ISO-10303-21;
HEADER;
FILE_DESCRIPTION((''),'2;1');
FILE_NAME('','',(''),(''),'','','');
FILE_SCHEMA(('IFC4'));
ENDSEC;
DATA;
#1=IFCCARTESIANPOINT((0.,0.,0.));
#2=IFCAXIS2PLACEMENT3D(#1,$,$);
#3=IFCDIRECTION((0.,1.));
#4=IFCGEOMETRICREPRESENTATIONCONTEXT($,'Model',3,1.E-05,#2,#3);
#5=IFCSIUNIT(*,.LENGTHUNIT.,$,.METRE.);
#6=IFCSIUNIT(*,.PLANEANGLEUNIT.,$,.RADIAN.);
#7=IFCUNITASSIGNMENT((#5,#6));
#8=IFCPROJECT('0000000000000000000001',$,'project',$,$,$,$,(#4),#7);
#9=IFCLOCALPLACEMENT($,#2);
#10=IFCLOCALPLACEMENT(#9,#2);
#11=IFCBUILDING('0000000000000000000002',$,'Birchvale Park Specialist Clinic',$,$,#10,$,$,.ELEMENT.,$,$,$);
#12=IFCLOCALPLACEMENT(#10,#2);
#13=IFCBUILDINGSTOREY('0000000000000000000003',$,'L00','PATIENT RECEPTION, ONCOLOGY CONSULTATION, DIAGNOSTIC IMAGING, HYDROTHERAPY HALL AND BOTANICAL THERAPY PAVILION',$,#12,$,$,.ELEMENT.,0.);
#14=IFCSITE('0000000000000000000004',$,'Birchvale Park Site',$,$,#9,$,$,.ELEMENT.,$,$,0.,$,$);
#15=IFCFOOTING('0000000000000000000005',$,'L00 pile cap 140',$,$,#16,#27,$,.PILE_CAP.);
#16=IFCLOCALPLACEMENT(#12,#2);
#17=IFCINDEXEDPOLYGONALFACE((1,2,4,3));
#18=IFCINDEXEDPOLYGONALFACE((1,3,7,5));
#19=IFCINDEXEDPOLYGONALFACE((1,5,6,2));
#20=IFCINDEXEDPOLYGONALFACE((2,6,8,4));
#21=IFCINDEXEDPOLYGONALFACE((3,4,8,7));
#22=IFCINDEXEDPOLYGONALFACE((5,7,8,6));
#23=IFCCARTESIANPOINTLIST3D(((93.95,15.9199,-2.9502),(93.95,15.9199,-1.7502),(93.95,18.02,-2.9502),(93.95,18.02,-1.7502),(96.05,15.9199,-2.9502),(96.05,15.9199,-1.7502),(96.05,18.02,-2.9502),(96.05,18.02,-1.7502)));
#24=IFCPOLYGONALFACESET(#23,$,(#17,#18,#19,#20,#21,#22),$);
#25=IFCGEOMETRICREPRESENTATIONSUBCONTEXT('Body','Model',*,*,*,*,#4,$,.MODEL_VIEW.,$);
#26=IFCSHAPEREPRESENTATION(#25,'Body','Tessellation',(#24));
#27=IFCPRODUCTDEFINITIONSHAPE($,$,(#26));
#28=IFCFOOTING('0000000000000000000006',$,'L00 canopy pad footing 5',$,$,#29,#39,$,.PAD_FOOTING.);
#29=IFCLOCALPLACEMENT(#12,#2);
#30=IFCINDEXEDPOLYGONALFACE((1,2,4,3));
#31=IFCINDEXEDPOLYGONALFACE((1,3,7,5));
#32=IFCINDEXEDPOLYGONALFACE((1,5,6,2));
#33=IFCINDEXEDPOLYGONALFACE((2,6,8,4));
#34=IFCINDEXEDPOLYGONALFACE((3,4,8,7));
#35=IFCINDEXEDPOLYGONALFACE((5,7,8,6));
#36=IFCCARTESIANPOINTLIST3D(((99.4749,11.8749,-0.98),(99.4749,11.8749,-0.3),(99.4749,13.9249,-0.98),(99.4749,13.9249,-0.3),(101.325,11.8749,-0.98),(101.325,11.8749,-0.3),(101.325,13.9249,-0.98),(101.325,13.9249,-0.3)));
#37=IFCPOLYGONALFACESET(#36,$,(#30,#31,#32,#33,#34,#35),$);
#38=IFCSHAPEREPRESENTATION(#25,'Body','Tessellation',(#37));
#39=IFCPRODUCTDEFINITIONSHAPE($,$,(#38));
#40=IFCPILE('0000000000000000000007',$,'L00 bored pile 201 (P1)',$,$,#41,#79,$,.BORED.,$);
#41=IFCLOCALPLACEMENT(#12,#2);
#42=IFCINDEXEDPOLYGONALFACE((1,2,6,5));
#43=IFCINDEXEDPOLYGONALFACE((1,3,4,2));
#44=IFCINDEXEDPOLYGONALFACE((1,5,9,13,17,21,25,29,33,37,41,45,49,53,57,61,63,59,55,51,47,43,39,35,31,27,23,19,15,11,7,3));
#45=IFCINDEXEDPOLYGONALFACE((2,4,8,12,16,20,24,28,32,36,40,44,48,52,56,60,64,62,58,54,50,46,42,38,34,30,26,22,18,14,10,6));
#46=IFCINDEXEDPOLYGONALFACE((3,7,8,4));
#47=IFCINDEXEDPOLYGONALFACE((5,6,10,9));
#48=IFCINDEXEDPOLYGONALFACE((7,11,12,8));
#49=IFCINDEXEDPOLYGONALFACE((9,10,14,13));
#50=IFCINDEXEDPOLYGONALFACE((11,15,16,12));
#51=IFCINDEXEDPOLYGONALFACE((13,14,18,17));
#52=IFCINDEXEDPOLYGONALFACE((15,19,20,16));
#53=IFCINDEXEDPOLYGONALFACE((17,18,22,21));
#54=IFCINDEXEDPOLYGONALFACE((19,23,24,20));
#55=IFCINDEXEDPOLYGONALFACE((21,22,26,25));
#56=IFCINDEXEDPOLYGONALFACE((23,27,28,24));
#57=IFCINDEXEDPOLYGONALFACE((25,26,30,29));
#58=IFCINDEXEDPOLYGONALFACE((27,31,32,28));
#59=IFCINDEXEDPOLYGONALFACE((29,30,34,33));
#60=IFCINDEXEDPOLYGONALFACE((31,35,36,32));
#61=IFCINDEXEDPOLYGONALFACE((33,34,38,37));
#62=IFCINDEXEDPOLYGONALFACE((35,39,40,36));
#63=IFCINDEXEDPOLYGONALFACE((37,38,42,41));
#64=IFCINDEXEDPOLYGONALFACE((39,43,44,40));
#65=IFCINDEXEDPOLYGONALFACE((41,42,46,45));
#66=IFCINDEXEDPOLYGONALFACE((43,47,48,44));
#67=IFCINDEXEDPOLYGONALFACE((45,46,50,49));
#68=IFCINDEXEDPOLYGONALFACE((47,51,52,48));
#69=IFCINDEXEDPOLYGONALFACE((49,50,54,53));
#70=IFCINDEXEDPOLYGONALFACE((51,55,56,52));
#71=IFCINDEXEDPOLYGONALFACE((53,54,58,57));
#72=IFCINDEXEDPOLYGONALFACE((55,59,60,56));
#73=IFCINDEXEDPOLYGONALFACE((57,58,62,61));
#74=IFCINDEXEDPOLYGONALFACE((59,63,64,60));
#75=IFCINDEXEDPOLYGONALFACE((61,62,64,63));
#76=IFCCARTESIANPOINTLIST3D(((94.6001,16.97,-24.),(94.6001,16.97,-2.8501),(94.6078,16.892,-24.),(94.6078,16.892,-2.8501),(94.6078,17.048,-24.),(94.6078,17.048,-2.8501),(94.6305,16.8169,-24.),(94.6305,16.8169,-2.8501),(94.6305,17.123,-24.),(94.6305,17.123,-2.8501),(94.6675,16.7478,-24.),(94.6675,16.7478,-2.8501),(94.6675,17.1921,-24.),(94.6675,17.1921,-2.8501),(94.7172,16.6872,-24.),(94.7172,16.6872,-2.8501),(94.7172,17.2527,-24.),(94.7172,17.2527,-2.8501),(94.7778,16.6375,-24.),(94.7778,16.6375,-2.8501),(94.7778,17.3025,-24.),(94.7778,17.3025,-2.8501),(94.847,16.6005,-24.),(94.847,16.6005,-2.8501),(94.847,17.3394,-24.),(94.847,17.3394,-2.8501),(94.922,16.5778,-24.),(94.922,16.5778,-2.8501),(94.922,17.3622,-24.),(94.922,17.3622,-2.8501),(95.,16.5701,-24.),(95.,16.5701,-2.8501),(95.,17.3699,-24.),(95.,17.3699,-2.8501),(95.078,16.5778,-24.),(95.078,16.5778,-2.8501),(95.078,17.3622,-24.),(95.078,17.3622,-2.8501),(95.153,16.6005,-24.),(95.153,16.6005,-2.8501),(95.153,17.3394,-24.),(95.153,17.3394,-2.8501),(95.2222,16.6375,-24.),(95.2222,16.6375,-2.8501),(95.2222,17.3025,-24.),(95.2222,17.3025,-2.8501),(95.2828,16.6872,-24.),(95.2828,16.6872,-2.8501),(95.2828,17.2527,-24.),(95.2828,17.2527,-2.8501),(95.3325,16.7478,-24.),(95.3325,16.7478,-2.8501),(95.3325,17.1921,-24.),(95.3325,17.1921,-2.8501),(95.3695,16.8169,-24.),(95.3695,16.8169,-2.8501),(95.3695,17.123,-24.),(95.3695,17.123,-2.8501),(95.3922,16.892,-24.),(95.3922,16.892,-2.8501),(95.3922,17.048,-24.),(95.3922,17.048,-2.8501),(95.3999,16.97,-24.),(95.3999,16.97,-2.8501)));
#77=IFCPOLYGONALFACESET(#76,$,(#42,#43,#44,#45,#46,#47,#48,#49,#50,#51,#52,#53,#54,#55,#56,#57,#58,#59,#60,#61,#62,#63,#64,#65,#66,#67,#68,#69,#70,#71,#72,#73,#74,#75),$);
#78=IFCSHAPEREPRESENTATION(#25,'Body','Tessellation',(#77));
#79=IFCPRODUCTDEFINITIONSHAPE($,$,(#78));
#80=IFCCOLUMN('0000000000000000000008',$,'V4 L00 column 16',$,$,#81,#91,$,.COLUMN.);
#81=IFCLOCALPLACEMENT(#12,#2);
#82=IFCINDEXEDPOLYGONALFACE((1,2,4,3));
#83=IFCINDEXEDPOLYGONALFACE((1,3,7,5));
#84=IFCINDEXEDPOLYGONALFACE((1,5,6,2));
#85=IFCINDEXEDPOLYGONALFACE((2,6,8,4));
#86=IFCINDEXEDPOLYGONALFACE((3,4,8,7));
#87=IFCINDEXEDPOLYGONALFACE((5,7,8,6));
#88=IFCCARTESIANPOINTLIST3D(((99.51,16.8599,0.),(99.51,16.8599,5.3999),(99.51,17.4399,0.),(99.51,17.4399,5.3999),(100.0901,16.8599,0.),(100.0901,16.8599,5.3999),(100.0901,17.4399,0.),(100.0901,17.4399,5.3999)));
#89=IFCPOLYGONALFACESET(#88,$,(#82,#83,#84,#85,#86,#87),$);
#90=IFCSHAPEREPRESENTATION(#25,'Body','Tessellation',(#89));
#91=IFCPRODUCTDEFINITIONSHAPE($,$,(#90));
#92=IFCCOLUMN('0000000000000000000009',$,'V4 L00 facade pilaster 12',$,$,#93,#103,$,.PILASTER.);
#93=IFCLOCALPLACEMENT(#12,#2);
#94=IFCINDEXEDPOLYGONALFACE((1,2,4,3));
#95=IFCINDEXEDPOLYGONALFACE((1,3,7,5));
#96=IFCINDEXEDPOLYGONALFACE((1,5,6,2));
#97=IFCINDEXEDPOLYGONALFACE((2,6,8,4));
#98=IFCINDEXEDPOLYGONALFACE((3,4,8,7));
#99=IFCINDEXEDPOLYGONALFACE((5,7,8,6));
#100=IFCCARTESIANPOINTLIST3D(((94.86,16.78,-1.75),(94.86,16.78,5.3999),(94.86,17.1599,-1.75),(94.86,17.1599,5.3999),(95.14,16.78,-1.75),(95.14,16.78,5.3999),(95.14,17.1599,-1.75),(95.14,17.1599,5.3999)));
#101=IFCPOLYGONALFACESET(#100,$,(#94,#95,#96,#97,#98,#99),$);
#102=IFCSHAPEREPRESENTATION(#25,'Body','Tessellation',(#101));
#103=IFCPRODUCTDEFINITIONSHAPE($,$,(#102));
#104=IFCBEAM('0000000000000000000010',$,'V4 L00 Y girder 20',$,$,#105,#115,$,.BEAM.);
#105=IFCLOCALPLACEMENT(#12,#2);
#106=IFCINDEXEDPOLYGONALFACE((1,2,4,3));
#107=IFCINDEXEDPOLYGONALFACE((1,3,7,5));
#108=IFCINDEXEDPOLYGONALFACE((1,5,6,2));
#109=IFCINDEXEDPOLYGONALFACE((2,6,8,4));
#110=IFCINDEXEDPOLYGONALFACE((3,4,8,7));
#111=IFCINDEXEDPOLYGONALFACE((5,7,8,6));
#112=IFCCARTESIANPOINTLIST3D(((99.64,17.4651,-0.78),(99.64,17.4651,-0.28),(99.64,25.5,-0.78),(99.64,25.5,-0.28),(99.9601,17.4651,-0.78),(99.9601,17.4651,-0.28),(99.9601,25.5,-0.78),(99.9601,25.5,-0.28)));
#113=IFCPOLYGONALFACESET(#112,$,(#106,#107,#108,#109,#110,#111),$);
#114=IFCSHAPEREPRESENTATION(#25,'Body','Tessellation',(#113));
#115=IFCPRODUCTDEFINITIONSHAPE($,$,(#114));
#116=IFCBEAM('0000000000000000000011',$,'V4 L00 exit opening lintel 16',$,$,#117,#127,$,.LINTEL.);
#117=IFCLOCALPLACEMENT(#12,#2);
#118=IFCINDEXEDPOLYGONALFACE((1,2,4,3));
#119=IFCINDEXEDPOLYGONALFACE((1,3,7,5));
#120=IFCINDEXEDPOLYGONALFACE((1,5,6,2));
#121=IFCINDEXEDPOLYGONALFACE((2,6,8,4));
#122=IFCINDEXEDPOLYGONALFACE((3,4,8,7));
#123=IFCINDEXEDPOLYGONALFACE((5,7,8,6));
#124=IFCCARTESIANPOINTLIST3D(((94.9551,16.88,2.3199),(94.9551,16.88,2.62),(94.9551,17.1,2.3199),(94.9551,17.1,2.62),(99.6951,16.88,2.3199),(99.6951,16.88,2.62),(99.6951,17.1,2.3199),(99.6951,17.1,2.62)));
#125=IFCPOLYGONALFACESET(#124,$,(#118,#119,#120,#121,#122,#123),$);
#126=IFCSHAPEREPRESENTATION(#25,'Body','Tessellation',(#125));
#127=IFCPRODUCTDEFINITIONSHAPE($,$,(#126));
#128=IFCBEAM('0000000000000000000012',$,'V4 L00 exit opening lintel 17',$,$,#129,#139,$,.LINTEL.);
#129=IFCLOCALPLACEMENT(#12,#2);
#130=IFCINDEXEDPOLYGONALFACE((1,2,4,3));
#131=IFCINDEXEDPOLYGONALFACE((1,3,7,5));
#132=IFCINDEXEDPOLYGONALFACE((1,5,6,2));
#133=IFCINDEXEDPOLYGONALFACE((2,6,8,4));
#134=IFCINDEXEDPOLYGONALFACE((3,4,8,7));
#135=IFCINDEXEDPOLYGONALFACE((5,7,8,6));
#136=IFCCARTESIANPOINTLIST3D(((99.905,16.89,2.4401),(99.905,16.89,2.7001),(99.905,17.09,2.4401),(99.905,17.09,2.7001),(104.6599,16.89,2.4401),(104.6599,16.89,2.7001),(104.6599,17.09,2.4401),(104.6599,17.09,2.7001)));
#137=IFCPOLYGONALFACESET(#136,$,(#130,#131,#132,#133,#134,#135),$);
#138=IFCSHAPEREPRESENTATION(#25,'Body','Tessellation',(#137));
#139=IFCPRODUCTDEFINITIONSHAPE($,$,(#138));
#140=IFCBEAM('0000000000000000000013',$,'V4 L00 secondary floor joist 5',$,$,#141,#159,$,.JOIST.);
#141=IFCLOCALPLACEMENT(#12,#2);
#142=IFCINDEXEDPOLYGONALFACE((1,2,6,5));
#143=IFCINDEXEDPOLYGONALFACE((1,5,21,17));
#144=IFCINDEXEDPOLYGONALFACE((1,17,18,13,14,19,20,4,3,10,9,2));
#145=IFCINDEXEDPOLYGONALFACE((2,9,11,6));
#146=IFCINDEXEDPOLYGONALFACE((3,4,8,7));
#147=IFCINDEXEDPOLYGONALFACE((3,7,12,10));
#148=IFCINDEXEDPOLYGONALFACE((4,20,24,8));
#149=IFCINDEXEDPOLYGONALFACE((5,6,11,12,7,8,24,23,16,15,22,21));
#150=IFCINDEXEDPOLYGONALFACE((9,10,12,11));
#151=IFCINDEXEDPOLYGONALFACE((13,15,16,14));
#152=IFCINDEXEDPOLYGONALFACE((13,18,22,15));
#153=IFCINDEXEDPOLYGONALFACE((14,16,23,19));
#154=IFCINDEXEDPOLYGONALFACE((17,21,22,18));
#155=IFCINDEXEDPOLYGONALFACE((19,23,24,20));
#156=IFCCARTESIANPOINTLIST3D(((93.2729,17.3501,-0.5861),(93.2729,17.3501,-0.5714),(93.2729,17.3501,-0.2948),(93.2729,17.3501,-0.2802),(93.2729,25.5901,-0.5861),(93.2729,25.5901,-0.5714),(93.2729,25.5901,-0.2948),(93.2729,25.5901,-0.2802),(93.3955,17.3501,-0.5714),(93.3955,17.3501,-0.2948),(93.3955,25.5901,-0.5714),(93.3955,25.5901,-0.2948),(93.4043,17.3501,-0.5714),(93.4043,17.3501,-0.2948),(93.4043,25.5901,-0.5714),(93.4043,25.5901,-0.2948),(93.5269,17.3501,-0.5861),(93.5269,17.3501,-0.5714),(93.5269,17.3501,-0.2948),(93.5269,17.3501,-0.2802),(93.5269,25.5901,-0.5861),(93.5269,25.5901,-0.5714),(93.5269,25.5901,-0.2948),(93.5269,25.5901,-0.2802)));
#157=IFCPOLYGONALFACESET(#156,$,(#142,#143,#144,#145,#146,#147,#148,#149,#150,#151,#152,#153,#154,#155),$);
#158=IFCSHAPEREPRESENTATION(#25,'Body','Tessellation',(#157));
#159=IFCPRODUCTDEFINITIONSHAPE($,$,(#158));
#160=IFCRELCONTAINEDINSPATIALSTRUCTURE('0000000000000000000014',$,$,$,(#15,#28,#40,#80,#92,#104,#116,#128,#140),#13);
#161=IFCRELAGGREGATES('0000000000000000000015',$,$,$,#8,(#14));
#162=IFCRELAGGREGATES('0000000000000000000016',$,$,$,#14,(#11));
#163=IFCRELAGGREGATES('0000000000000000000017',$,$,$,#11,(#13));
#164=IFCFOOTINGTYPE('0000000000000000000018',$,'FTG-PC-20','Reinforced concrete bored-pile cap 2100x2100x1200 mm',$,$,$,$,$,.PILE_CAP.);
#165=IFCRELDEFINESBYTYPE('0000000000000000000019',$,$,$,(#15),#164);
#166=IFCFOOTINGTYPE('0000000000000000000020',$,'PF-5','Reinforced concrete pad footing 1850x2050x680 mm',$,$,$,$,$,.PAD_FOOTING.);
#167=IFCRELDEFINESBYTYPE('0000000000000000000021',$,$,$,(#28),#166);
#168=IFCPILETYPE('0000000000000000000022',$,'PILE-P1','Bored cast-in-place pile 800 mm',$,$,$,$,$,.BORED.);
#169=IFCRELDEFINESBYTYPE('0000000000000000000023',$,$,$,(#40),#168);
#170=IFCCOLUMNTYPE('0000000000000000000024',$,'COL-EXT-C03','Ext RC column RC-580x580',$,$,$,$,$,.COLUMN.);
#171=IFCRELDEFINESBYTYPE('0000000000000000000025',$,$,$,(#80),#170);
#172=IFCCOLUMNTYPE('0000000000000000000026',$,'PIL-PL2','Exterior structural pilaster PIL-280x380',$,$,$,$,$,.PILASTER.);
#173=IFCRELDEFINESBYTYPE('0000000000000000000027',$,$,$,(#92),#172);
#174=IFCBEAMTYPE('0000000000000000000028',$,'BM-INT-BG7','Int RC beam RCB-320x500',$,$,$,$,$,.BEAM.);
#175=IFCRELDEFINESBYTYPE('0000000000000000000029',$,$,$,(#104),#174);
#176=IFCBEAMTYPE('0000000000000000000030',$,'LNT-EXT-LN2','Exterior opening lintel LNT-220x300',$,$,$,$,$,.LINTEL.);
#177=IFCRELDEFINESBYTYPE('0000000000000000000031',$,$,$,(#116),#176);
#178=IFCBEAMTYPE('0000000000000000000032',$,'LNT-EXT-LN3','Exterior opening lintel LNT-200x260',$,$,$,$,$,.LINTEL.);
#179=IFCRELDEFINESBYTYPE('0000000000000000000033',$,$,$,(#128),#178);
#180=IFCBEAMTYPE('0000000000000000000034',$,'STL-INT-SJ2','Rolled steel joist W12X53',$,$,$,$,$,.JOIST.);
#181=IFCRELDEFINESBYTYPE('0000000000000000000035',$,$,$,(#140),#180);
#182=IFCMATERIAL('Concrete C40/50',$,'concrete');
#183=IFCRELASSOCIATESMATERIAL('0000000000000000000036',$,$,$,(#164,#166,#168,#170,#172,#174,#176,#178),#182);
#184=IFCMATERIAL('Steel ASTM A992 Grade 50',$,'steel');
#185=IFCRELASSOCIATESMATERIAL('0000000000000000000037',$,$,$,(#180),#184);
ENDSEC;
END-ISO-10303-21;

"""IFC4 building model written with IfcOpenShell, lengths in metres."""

from ifc_helpers import new_model, si_unit, direction, frame, origin, origin_2d, place, context, subcontext, project, spatial, rectangle, circle, i_section, extrude, material, material_profile, profile_set, type_object, element, save


model = new_model("IFC4")

# Units and contexts
model_context = context("Model", 3, precision=1e-05, world=origin(), true_north=direction((0.0, 1.0)))
body_context = subcontext(model_context, "Body", "Model", "MODEL_VIEW")
ifc_project = project(units=[si_unit("LENGTHUNIT", "METRE"), si_unit("PLANEANGLEUNIT", "RADIAN")], contexts=[model_context])

# Site, building, storey
site_placement = place(None, origin())
site = spatial("IfcSite", under=ifc_project, at=site_placement, Name="Birchvale Park Site", CompositionType="ELEMENT", RefElevation=0.0)
building_placement = place(site_placement, origin())
building = spatial("IfcBuilding", under=site, at=building_placement, Name="Birchvale Park Specialist Clinic", CompositionType="ELEMENT")
storey_placement = place(building_placement, origin())
storey = spatial("IfcBuildingStorey", under=building, at=storey_placement, Name="L00", Description="PATIENT RECEPTION, ONCOLOGY CONSULTATION, DIAGNOSTIC IMAGING, HYDROTHERAPY HALL AND BOTANICAL THERAPY PAVILION", CompositionType="ELEMENT", Elevation=0.0)

# Footings
ifc_material_1 = material(Name="Concrete C40/50", Category="concrete")
footing_type_1 = type_object("IfcFootingType", Name="FTG-PC-20", Description="Reinforced concrete bored-pile cap 2100x2100x1200 mm", PredefinedType="PILE_CAP", material=ifc_material_1)
footing_1_placement = place(storey_placement, frame((95.0, 16.97, -2.9502), z_axis=(0.0, 0.0, 1.0), x_axis=(1.0, 0.0, 0.0)))
element("IfcFooting", 1, at=footing_1_placement, inside=storey, type_object=footing_type_1, Name="L00 pile cap 140", PredefinedType="PILE_CAP", context=body_context, shape_type="SweptSolid", body=[
    extrude(rectangle(XDim=2.1001, YDim=2.1001, at=origin_2d()), origin(), (0.0, 0.0, 1.0), 1.2),
])
footing_type_2 = type_object("IfcFootingType", Name="PF-5", Description="Reinforced concrete pad footing 1850x2050x680 mm", PredefinedType="PAD_FOOTING", material=ifc_material_1)
footing_2_placement = place(storey_placement, frame((100.3999, 12.8999, -0.98), z_axis=(0.0, 0.0, 1.0), x_axis=(1.0, 0.0, 0.0)))
element("IfcFooting", 2, at=footing_2_placement, inside=storey, type_object=footing_type_2, Name="L00 canopy pad footing 5", PredefinedType="PAD_FOOTING", context=body_context, shape_type="SweptSolid", body=[
    extrude(rectangle(XDim=1.8501, YDim=2.05, at=origin_2d()), origin(), (0.0, 0.0, 1.0), 0.6799),
])

# Pile
ifc_material_profile_1 = material_profile(ifc_material_1, circle(Radius=0.3999, at=origin_2d()), Name="PILE-800")
ifc_profile_set_1 = profile_set([ifc_material_profile_1], Name="Concrete C40/50")
pile_type = type_object("IfcPileType", Name="PILE-P1", Description="Bored cast-in-place pile 800 mm", PredefinedType="BORED", material=ifc_profile_set_1)
pile_placement = place(storey_placement, frame((95.0, 16.97, -2.8501), z_axis=(0.0, 0.0, -1.0), x_axis=(1.0, 0.0, 0.0)))
element("IfcPile", 3, at=pile_placement, inside=storey, type_object=pile_type, Name="L00 bored pile 201 (P1)", PredefinedType="BORED", context=body_context, shape_type="SweptSolid", body=[
    extrude(circle(Radius=0.3999, at=origin_2d()), origin(), (0.0, 0.0, 1.0), 21.1499),
])

# Columns
ifc_material_profile_2 = material_profile(ifc_material_1, rectangle(XDim=0.5801, YDim=0.5801, at=origin_2d()), Name="RC-580x580")
ifc_profile_set_2 = profile_set([ifc_material_profile_2], Name="Concrete C40/50")
column_type_1 = type_object("IfcColumnType", Name="COL-EXT-C03", Description="Ext RC column RC-580x580", PredefinedType="COLUMN", material=ifc_profile_set_2)
column_1_placement = place(storey_placement, frame((99.8, 17.1499, 0.0), z_axis=(0.0, 0.0, 1.0), x_axis=(1.0, 0.0, 0.0)))
element("IfcColumn", 4, at=column_1_placement, inside=storey, type_object=column_type_1, Name="V4 L00 column 16", PredefinedType="COLUMN", context=body_context, shape_type="SweptSolid", body=[
    extrude(rectangle(XDim=0.5801, YDim=0.5801, at=origin_2d()), origin(), (0.0, 0.0, 1.0), 5.3999),
])
ifc_material_profile_3 = material_profile(ifc_material_1, rectangle(XDim=0.28, YDim=0.3799, at=origin_2d()), Name="PIL-280x380")
ifc_profile_set_3 = profile_set([ifc_material_profile_3], Name="Concrete C40/50")
column_type_2 = type_object("IfcColumnType", Name="PIL-PL2", Description="Exterior structural pilaster PIL-280x380", PredefinedType="PILASTER", material=ifc_profile_set_3)
column_2_placement = place(storey_placement, frame((95.0, 16.97, -1.75), z_axis=(0.0, 0.0, 1.0), x_axis=(1.0, 0.0, 0.0)))
element("IfcColumn", 5, at=column_2_placement, inside=storey, type_object=column_type_2, Name="V4 L00 facade pilaster 12", PredefinedType="PILASTER", context=body_context, shape_type="SweptSolid", body=[
    extrude(rectangle(XDim=0.28, YDim=0.3799, at=origin_2d()), origin(), (0.0, 0.0, 1.0), 7.1499),
])

# Beams
ifc_material_profile_4 = material_profile(ifc_material_1, rectangle(XDim=0.3201, YDim=0.5, at=origin_2d()), Name="RCB-320x500")
ifc_profile_set_4 = profile_set([ifc_material_profile_4], Name="Concrete C40/50")
beam_type_1 = type_object("IfcBeamType", Name="BM-INT-BG7", Description="Int RC beam RCB-320x500", PredefinedType="BEAM", material=ifc_profile_set_4)
beam_1_placement = place(storey_placement, frame((99.8, 17.4651, -0.53), z_axis=(0.0, 1.0, 0.0), x_axis=(-1.0, 0.0, 0.0)))
element("IfcBeam", 6, at=beam_1_placement, inside=storey, type_object=beam_type_1, Name="V4 L00 Y girder 20", PredefinedType="BEAM", context=body_context, shape_type="SweptSolid", body=[
    extrude(rectangle(XDim=0.3201, YDim=0.5, at=origin_2d()), origin(), (0.0, 0.0, 1.0), 8.0349),
])
ifc_material_profile_5 = material_profile(ifc_material_1, rectangle(XDim=0.22, YDim=0.3, at=origin_2d()), Name="LNT-220x300")
ifc_profile_set_5 = profile_set([ifc_material_profile_5], Name="Concrete C40/50")
beam_type_2 = type_object("IfcBeamType", Name="LNT-EXT-LN2", Description="Exterior opening lintel LNT-220x300", PredefinedType="LINTEL", material=ifc_profile_set_5)
beam_2_placement = place(storey_placement, frame((94.9551, 16.99, 2.47), z_axis=(1.0, 0.0, 0.0), x_axis=(0.0, 1.0, 0.0)))
element("IfcBeam", 7, at=beam_2_placement, inside=storey, type_object=beam_type_2, Name="V4 L00 exit opening lintel 16", PredefinedType="LINTEL", context=body_context, shape_type="SweptSolid", body=[
    extrude(rectangle(XDim=0.22, YDim=0.3, at=origin_2d()), origin(), (0.0, 0.0, 1.0), 4.74),
])
ifc_material_profile_6 = material_profile(ifc_material_1, rectangle(XDim=0.2, YDim=0.26, at=origin_2d()), Name="LNT-200x260")
ifc_profile_set_6 = profile_set([ifc_material_profile_6], Name="Concrete C40/50")
beam_type_3 = type_object("IfcBeamType", Name="LNT-EXT-LN3", Description="Exterior opening lintel LNT-200x260", PredefinedType="LINTEL", material=ifc_profile_set_6)
beam_3_placement = place(storey_placement, frame((99.905, 16.99, 2.5701), z_axis=(1.0, 0.0, 0.0), x_axis=(0.0, 1.0, 0.0)))
element("IfcBeam", 8, at=beam_3_placement, inside=storey, type_object=beam_type_3, Name="V4 L00 exit opening lintel 17", PredefinedType="LINTEL", context=body_context, shape_type="SweptSolid", body=[
    extrude(rectangle(XDim=0.2, YDim=0.26, at=origin_2d()), origin(), (0.0, 0.0, 1.0), 4.7549),
])
ifc_material_2 = material(Name="Steel ASTM A992 Grade 50", Category="steel")
ifc_material_profile_7 = material_profile(ifc_material_2, i_section(OverallWidth=0.2539, OverallDepth=0.3059, WebThickness=0.0088, FlangeThickness=0.0146, at=origin_2d()), Name="W12X53")
ifc_profile_set_7 = profile_set([ifc_material_profile_7], Name="Steel ASTM A992 Grade 50")
beam_type_4 = type_object("IfcBeamType", Name="STL-INT-SJ2", Description="Rolled steel joist W12X53", PredefinedType="JOIST", material=ifc_profile_set_7)
beam_4_placement = place(storey_placement, frame((93.3999, 17.3501, -0.4331), z_axis=(0.0, 1.0, 0.0), x_axis=(-1.0, 0.0, 0.0)))
element("IfcBeam", 9, at=beam_4_placement, inside=storey, type_object=beam_type_4, Name="V4 L00 secondary floor joist 5", PredefinedType="JOIST", context=body_context, shape_type="SweptSolid", body=[
    extrude(i_section(OverallWidth=0.2539, OverallDepth=0.3059, WebThickness=0.0088, FlangeThickness=0.0146, at=origin_2d()), origin(), (0.0, 0.0, 1.0), 8.24),
])

save(model, "model.ifc")
